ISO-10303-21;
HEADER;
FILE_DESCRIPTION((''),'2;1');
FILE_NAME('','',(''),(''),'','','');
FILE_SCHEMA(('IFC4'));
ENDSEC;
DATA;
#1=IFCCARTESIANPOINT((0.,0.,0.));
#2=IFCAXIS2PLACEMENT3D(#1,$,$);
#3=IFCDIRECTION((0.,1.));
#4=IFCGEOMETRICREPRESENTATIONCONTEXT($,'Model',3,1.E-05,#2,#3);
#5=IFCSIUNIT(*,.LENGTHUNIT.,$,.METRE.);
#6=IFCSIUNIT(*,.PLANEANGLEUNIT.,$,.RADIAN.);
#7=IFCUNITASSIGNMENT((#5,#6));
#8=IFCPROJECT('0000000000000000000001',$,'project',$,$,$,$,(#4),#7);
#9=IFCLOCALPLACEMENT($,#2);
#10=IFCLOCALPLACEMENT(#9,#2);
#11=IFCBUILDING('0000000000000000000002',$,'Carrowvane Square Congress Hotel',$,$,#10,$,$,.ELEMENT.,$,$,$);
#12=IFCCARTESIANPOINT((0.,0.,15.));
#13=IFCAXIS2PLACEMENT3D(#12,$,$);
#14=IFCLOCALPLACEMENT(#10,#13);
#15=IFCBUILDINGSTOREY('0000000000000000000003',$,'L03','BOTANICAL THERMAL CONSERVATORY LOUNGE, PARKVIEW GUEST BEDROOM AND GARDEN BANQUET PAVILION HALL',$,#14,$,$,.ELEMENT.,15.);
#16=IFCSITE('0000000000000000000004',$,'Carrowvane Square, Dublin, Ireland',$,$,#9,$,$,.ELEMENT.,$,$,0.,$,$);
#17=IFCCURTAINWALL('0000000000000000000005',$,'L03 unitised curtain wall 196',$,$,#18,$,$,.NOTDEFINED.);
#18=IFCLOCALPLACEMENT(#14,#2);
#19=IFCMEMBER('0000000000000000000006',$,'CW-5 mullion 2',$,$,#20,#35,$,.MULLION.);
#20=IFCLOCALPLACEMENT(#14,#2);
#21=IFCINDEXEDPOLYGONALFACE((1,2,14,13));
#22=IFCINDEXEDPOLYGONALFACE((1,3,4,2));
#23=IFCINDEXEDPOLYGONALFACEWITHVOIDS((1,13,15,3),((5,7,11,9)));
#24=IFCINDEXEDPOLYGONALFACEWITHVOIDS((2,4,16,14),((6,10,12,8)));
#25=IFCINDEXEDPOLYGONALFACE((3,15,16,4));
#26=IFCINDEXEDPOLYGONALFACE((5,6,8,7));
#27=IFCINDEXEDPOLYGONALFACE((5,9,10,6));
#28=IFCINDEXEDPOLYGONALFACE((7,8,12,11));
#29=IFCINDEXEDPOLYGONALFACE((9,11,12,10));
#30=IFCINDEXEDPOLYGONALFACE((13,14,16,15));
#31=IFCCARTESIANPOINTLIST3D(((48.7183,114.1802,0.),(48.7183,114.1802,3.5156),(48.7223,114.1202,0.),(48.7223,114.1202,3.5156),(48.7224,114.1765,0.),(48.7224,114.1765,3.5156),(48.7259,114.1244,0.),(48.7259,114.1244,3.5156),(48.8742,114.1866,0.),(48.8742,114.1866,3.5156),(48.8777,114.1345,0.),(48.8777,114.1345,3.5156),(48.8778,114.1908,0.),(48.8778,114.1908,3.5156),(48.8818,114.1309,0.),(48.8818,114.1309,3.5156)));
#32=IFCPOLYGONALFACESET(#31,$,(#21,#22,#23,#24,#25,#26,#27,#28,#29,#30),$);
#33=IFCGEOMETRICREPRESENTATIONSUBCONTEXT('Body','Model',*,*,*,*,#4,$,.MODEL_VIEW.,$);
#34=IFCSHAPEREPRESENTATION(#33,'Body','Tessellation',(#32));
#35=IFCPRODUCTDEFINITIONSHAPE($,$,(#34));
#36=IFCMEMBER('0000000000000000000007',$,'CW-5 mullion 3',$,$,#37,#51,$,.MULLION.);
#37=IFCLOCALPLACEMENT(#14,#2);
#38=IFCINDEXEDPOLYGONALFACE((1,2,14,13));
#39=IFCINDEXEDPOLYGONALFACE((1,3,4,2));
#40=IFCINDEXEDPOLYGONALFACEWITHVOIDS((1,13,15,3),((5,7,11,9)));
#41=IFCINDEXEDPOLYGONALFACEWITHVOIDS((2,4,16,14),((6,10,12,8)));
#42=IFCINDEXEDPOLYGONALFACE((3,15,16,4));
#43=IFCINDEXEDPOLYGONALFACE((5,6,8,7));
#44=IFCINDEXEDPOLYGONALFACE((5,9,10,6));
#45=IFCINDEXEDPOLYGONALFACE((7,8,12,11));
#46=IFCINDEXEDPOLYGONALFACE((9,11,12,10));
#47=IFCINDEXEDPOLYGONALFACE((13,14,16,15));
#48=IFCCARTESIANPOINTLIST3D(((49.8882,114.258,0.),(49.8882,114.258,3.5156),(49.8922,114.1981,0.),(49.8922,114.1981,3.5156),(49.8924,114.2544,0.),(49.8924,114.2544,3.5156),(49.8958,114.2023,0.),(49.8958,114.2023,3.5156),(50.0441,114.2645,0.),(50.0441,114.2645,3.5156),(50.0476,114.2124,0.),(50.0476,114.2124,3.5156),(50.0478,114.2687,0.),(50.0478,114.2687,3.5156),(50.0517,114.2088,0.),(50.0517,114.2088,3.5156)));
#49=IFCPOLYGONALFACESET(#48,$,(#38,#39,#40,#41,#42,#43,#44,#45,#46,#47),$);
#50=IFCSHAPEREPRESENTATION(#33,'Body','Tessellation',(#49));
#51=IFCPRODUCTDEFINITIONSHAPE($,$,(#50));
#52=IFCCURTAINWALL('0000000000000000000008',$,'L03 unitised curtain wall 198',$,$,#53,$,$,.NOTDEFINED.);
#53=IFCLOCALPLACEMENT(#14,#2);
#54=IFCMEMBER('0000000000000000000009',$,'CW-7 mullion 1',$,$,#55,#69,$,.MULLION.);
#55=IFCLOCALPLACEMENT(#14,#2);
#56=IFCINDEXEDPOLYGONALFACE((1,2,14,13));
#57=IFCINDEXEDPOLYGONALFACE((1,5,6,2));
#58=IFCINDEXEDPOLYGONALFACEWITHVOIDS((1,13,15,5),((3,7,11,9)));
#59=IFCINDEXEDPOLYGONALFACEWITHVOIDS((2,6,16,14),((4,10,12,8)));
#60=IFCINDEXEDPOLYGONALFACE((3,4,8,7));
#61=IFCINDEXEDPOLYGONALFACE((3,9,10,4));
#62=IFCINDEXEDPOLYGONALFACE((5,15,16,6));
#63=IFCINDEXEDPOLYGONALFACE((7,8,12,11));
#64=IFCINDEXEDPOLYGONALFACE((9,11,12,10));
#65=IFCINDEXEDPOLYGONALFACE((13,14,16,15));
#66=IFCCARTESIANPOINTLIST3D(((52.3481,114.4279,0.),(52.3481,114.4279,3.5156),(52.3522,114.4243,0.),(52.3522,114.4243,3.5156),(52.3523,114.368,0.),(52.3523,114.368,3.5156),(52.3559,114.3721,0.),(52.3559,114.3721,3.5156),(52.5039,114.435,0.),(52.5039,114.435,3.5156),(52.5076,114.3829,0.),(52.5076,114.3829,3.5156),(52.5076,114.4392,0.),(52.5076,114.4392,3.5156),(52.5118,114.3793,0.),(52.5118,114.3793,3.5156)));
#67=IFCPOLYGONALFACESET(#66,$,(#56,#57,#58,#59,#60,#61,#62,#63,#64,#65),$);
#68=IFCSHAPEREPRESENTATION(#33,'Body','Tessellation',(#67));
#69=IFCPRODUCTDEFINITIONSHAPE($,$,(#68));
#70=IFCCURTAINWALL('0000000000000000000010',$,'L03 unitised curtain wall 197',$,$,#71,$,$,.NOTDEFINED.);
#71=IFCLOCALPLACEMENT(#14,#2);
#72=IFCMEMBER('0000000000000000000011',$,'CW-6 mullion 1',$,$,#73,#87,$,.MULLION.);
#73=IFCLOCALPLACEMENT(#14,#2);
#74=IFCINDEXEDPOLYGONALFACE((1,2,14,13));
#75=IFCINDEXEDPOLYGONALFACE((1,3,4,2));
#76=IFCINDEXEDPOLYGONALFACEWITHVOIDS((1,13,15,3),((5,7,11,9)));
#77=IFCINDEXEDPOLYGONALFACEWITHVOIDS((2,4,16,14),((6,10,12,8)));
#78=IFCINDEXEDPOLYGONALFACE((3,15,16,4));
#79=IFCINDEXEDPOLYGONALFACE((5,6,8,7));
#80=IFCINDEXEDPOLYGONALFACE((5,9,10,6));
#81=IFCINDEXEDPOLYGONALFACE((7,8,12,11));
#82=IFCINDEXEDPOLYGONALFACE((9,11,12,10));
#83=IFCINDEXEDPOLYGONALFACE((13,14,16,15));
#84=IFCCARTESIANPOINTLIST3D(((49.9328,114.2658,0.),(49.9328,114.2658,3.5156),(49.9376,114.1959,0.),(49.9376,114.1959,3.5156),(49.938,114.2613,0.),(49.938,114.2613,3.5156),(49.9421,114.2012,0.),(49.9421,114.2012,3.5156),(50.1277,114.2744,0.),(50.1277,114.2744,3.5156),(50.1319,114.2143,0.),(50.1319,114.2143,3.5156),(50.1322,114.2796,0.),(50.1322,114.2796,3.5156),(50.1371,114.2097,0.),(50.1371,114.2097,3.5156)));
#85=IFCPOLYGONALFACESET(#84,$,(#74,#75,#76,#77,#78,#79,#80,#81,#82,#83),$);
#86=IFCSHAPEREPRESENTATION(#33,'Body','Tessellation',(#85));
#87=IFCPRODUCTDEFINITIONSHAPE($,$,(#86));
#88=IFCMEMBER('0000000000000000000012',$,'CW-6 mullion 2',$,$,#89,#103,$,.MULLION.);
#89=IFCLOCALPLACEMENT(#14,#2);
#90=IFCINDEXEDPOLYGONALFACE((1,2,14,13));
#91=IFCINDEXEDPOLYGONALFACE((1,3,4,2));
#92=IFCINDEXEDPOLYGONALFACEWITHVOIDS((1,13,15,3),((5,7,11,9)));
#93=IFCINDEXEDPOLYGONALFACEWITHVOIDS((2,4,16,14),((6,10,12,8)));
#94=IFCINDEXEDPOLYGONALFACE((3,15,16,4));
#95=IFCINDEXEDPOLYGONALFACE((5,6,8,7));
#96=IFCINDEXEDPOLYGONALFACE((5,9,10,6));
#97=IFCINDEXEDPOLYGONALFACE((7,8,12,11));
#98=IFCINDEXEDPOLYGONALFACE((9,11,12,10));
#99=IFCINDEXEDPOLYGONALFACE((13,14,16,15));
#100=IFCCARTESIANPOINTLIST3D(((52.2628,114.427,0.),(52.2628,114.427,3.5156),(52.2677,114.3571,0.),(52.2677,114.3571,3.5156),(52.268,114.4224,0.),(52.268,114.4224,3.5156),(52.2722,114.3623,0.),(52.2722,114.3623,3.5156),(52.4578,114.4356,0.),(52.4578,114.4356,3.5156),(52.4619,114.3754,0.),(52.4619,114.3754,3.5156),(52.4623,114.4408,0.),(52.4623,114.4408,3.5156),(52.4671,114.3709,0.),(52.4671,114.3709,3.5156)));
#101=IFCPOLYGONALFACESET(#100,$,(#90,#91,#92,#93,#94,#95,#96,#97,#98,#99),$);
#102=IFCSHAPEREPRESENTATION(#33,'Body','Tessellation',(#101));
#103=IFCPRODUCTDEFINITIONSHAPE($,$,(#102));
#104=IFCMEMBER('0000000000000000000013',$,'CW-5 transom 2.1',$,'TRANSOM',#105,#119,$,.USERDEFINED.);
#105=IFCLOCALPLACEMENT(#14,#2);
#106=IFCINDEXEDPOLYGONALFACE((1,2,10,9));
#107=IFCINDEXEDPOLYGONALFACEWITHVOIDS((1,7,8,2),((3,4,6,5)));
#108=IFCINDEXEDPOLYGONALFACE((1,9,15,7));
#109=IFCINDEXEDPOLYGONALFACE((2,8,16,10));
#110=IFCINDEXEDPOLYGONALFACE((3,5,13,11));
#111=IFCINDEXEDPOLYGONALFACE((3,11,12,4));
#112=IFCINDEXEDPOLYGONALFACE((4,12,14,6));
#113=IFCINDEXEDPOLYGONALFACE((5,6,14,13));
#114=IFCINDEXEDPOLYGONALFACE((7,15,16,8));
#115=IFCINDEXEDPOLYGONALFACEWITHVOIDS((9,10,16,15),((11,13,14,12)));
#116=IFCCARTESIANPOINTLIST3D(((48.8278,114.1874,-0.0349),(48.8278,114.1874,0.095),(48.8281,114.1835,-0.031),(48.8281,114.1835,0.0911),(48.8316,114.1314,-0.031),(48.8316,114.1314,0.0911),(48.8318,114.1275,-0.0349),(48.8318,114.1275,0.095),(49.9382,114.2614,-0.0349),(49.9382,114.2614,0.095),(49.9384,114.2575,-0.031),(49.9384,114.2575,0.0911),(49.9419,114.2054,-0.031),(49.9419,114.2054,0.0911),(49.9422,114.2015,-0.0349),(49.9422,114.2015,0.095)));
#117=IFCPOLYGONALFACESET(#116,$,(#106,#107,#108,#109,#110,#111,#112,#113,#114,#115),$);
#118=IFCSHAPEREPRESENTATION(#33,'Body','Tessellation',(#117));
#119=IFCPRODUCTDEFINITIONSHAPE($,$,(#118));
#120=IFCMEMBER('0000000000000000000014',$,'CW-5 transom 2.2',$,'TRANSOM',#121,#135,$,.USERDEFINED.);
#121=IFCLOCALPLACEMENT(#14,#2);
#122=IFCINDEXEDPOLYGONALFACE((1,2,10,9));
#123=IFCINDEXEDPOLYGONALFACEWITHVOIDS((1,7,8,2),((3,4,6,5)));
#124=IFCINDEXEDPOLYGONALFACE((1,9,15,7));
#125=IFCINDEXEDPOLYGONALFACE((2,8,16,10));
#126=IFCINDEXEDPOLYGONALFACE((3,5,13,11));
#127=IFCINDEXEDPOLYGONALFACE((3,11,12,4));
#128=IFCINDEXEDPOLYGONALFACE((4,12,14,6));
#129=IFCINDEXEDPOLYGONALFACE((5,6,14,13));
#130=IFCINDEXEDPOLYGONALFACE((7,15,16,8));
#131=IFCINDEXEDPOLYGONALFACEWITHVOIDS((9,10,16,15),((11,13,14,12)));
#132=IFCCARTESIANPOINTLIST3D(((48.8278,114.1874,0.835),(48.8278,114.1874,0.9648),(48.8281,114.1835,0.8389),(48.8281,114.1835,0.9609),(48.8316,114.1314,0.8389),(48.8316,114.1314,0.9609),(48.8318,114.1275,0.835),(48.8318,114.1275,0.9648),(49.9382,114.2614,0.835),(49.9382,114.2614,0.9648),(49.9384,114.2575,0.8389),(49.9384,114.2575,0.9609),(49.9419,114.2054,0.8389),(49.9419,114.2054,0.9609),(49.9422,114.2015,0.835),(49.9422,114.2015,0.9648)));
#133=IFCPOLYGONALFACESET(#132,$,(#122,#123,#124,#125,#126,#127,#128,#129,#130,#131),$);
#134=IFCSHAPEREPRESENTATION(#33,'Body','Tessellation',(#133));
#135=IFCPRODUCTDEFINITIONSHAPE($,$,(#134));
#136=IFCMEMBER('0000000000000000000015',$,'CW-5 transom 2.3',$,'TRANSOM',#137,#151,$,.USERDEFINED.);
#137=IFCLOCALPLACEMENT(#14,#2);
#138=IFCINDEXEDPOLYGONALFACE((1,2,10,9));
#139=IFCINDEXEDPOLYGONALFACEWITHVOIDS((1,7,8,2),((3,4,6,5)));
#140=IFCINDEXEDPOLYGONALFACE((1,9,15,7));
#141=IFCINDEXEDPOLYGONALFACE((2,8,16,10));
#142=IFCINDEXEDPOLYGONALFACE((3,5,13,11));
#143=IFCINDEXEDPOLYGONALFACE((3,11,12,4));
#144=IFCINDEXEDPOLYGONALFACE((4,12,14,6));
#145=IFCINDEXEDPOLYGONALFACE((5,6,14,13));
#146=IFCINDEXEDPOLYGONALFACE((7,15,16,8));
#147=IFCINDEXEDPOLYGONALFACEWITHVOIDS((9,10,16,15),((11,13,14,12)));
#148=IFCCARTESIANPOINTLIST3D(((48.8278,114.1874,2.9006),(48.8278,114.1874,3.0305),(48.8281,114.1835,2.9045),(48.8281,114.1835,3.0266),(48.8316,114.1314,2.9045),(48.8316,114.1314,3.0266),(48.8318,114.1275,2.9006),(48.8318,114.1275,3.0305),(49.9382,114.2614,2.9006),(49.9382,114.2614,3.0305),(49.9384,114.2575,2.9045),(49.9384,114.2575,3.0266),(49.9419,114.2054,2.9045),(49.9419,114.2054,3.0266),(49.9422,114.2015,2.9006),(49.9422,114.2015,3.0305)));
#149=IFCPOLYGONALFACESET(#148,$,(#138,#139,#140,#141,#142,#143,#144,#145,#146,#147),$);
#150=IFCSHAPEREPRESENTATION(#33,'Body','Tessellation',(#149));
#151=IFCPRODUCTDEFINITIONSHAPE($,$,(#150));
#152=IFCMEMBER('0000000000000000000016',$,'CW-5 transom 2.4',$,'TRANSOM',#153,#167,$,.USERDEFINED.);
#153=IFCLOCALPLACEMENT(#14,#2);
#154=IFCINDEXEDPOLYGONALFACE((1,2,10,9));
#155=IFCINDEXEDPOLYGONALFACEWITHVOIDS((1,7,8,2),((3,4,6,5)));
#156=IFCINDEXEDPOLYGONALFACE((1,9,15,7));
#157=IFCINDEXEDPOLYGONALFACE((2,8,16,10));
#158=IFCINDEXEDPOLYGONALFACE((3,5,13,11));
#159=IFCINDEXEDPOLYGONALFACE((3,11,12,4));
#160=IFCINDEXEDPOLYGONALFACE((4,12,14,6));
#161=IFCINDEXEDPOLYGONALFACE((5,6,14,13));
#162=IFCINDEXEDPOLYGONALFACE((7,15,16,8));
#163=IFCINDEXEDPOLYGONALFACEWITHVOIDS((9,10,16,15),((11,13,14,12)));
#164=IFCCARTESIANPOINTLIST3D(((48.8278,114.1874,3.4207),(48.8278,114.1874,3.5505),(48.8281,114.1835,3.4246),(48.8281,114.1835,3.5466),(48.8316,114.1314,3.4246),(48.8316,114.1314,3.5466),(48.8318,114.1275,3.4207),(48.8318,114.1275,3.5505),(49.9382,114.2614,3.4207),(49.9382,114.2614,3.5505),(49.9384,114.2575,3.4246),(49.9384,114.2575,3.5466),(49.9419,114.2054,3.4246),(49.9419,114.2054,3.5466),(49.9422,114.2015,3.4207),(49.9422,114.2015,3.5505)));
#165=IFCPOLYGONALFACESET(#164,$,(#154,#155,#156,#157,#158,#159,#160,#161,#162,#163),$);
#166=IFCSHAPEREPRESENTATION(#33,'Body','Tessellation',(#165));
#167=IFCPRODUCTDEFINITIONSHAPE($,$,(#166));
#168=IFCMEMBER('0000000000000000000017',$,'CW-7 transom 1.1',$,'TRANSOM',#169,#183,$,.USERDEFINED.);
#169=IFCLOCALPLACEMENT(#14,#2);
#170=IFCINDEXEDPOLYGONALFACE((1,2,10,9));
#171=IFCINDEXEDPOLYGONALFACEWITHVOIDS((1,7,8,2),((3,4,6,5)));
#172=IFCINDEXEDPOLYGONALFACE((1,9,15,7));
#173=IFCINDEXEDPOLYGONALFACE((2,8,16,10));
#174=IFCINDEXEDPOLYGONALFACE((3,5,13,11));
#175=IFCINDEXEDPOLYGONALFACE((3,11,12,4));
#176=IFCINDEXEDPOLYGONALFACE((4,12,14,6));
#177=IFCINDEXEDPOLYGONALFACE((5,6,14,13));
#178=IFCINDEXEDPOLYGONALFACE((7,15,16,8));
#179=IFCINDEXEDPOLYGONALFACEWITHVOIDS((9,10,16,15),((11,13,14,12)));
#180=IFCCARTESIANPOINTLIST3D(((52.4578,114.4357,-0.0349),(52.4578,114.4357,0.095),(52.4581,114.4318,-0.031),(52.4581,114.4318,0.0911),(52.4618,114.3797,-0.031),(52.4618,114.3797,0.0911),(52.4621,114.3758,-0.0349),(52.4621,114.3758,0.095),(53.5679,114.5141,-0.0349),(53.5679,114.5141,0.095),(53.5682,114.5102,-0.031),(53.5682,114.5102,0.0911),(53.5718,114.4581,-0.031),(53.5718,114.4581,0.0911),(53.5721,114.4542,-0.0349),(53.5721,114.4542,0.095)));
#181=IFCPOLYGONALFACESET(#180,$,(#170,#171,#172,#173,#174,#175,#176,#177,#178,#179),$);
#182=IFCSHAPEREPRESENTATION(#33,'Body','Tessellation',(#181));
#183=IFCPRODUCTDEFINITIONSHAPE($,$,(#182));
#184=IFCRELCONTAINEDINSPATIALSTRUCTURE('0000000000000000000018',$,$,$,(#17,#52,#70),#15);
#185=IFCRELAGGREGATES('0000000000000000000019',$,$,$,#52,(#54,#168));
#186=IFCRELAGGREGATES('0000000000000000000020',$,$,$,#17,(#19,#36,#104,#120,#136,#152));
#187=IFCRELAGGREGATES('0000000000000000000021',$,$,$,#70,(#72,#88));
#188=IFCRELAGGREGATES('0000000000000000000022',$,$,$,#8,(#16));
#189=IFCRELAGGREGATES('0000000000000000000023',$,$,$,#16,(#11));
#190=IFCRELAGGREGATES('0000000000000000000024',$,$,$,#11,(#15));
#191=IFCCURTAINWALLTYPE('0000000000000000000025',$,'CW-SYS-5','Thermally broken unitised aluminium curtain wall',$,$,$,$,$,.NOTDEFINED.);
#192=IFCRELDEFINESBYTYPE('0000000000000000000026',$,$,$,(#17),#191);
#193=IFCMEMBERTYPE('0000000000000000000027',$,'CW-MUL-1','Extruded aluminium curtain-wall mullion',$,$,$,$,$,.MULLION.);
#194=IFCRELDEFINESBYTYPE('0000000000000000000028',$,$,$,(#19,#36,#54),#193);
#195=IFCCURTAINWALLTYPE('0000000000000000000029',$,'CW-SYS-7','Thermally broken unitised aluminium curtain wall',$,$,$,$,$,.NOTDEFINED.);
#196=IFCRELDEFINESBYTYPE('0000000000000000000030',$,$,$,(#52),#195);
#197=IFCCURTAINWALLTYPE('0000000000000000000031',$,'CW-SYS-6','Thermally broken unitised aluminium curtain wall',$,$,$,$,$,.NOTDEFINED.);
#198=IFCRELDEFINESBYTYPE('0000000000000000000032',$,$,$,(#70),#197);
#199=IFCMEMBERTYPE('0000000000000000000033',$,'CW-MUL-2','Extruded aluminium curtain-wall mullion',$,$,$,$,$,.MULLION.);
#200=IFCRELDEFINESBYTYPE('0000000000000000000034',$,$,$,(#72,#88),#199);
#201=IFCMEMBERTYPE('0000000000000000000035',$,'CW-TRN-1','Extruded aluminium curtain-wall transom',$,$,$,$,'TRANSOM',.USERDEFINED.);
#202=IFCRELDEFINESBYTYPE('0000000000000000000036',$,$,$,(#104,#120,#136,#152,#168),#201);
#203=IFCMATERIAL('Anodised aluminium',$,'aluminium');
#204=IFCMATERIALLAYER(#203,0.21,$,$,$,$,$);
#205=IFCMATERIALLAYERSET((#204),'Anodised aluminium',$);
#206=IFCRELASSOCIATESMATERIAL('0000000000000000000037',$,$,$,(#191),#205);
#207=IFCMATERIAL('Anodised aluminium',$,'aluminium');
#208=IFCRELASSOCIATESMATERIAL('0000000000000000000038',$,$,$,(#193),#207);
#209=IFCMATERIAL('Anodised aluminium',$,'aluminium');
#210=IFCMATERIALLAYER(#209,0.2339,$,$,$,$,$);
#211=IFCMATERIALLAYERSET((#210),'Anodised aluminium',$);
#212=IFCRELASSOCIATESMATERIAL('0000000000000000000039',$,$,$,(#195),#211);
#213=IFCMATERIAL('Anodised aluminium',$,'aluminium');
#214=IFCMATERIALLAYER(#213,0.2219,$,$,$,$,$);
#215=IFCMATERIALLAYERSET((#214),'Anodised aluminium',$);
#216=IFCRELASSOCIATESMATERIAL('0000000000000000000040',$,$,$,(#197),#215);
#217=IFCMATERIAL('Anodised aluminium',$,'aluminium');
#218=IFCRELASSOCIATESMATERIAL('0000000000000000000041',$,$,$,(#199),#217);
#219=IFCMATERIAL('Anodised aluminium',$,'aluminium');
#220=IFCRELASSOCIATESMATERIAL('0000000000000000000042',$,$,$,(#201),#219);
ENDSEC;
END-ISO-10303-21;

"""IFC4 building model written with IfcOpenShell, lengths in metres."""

from ifc_helpers import new_model, si_unit, direction, frame, origin, origin_2d, place, context, subcontext, project, spatial, hollow_rectangle, extrude, material, layer, layer_set, material_profile, profile_set, type_object, element, aggregate, save


model = new_model("IFC4")

# Units and contexts
model_context = context("Model", 3, precision=1e-05, world=origin(), true_north=direction((0.0, 1.0)))
body_context = subcontext(model_context, "Body", "Model", "MODEL_VIEW")
ifc_project = project(units=[si_unit("LENGTHUNIT", "METRE"), si_unit("PLANEANGLEUNIT", "RADIAN")], contexts=[model_context])

# Site, building, storey
site_placement = place(None, origin())
site = spatial("IfcSite", under=ifc_project, at=site_placement, Name="Carrowvane Square, Dublin, Ireland", CompositionType="ELEMENT", RefElevation=0.0)
building_placement = place(site_placement, origin())
building = spatial("IfcBuilding", under=site, at=building_placement, Name="Carrowvane Square Congress Hotel", CompositionType="ELEMENT")
storey_placement = place(building_placement, frame((0.0, 0.0, 15.0)))
storey = spatial("IfcBuildingStorey", under=building, at=storey_placement, Name="L03", Description="BOTANICAL THERMAL CONSERVATORY LOUNGE, PARKVIEW GUEST BEDROOM AND GARDEN BANQUET PAVILION HALL", CompositionType="ELEMENT", Elevation=15.0)

# Curtain wall, members
ifc_material_1 = material(Name="Anodised aluminium", Category="aluminium")
ifc_layer_1 = layer(ifc_material_1, 0.21)
ifc_layer_set_1 = layer_set([ifc_layer_1], Name="Anodised aluminium")
curtain_wall_type_1 = type_object("IfcCurtainWallType", Name="CW-SYS-5", Description="Thermally broken unitised aluminium curtain wall", PredefinedType="NOTDEFINED", material=ifc_layer_set_1)
curtain_wall_1_placement = place(storey_placement, origin())
curtain_wall_1 = element("IfcCurtainWall", 1, at=curtain_wall_1_placement, inside=storey, type_object=curtain_wall_type_1, Name="L03 unitised curtain wall 196", PredefinedType="NOTDEFINED")
ifc_material_2 = material(Name="Anodised aluminium", Category="aluminium")
ifc_material_profile_1 = material_profile(ifc_material_2, hollow_rectangle(XDim=0.0601, YDim=0.1599, WallThickness=0.0039, at=origin_2d()), Name="CW-ML 60x160x4")
ifc_profile_set_1 = profile_set([ifc_material_profile_1], Name="Anodised aluminium")
member_type_1 = type_object("IfcMemberType", Name="CW-MUL-1", Description="Extruded aluminium curtain-wall mullion", PredefinedType="MULLION", material=ifc_profile_set_1)
member_1_placement = place(storey_placement, frame((48.8, 114.1555, 0.0), z_axis=(0.0, 0.0, 1.0), x_axis=(-0.066578, 0.997781, 0.0)))
member_1 = element("IfcMember", 2, at=member_1_placement, type_object=member_type_1, Name="CW-5 mullion 2", PredefinedType="MULLION", context=body_context, shape_type="SweptSolid", body=[
    extrude(hollow_rectangle(XDim=0.0601, YDim=0.1599, WallThickness=0.0039, at=origin_2d()), origin(), (0.0, 0.0, 1.0), 3.5156),
])
member_2_placement = place(storey_placement, frame((49.97, 114.2334, 0.0), z_axis=(0.0, 0.0, 1.0), x_axis=(-0.066578, 0.997781, 0.0)))
member_2 = element("IfcMember", 3, at=member_2_placement, type_object=member_type_1, Name="CW-5 mullion 3", PredefinedType="MULLION", context=body_context, shape_type="SweptSolid", body=[
    extrude(hollow_rectangle(XDim=0.0601, YDim=0.1599, WallThickness=0.0039, at=origin_2d()), origin(), (0.0, 0.0, 1.0), 3.5156),
])

# Curtain wall, member
ifc_material_3 = material(Name="Anodised aluminium", Category="aluminium")
ifc_layer_2 = layer(ifc_material_3, 0.2339)
ifc_layer_set_2 = layer_set([ifc_layer_2], Name="Anodised aluminium")
curtain_wall_type_2 = type_object("IfcCurtainWallType", Name="CW-SYS-7", Description="Thermally broken unitised aluminium curtain wall", PredefinedType="NOTDEFINED", material=ifc_layer_set_2)
curtain_wall_2_placement = place(storey_placement, origin())
curtain_wall_2 = element("IfcCurtainWall", 4, at=curtain_wall_2_placement, inside=storey, type_object=curtain_wall_type_2, Name="L03 unitised curtain wall 198", PredefinedType="NOTDEFINED")
member_3_placement = place(storey_placement, frame((52.4299, 114.4036, 0.0), z_axis=(0.0, 0.0, 1.0), x_axis=(-0.070586, 0.997506, 0.0)))
member_3 = element("IfcMember", 5, at=member_3_placement, type_object=member_type_1, Name="CW-7 mullion 1", PredefinedType="MULLION", context=body_context, shape_type="SweptSolid", body=[
    extrude(hollow_rectangle(XDim=0.0601, YDim=0.1599, WallThickness=0.0039, at=origin_2d()), origin(), (0.0, 0.0, 1.0), 3.5156),
])

# Curtain wall, members
ifc_material_4 = material(Name="Anodised aluminium", Category="aluminium")
ifc_layer_3 = layer(ifc_material_4, 0.2219)
ifc_layer_set_3 = layer_set([ifc_layer_3], Name="Anodised aluminium")
curtain_wall_type_3 = type_object("IfcCurtainWallType", Name="CW-SYS-6", Description="Thermally broken unitised aluminium curtain wall", PredefinedType="NOTDEFINED", material=ifc_layer_set_3)
curtain_wall_3_placement = place(storey_placement, origin())
curtain_wall_3 = element("IfcCurtainWall", 6, at=curtain_wall_3_placement, inside=storey, type_object=curtain_wall_type_3, Name="L03 unitised curtain wall 197", PredefinedType="NOTDEFINED")
ifc_material_5 = material(Name="Anodised aluminium", Category="aluminium")
ifc_material_profile_2 = material_profile(ifc_material_5, hollow_rectangle(XDim=0.0701, YDim=0.2, WallThickness=0.0049, at=origin_2d()), Name="CW-ML 70x200x5")
ifc_profile_set_2 = profile_set([ifc_material_profile_2], Name="Anodised aluminium")
member_type_2 = type_object("IfcMemberType", Name="CW-MUL-2", Description="Extruded aluminium curtain-wall mullion", PredefinedType="MULLION", material=ifc_profile_set_2)
member_4_placement = place(storey_placement, frame((50.0349, 114.2378, 0.0), z_axis=(0.0, 0.0, 1.0), x_axis=(-0.068986, 0.997618, 0.0)))
member_4 = element("IfcMember", 7, at=member_4_placement, type_object=member_type_2, Name="CW-6 mullion 1", PredefinedType="MULLION", context=body_context, shape_type="SweptSolid", body=[
    extrude(hollow_rectangle(XDim=0.0701, YDim=0.2, WallThickness=0.0049, at=origin_2d()), origin(), (0.0, 0.0, 1.0), 3.5156),
])
member_5_placement = place(storey_placement, frame((52.365, 114.3989, 0.0), z_axis=(0.0, 0.0, 1.0), x_axis=(-0.068986, 0.997618, 0.0)))
member_5 = element("IfcMember", 8, at=member_5_placement, type_object=member_type_2, Name="CW-6 mullion 2", PredefinedType="MULLION", context=body_context, shape_type="SweptSolid", body=[
    extrude(hollow_rectangle(XDim=0.0701, YDim=0.2, WallThickness=0.0049, at=origin_2d()), origin(), (0.0, 0.0, 1.0), 3.5156),
])

# Members
ifc_material_6 = material(Name="Anodised aluminium", Category="aluminium")
ifc_material_profile_3 = material_profile(ifc_material_6, hollow_rectangle(XDim=0.0601, YDim=0.1299, WallThickness=0.0039, at=origin_2d()), Name="CW-TR 60x130x4")
ifc_profile_set_3 = profile_set([ifc_material_profile_3], Name="Anodised aluminium")
member_type_3 = type_object("IfcMemberType", Name="CW-TRN-1", Description="Extruded aluminium curtain-wall transom", ElementType="TRANSOM", PredefinedType="USERDEFINED", material=ifc_profile_set_3)
member_6_placement = place(storey_placement, frame((48.8298, 114.1575, 0.03), z_axis=(0.997788, 0.066475, 0.0), x_axis=(-0.066475, 0.997788, 0.0)))
member_6 = element("IfcMember", 9, at=member_6_placement, type_object=member_type_3, Name="CW-5 transom 2.1", ObjectType="TRANSOM", PredefinedType="USERDEFINED", context=body_context, shape_type="SweptSolid", body=[
    extrude(hollow_rectangle(XDim=0.0601, YDim=0.1299, WallThickness=0.0039, at=origin_2d()), origin(), (0.0, 0.0, 1.0), 1.1128),
])
member_7_placement = place(storey_placement, frame((48.8298, 114.1575, 0.8999), z_axis=(0.997788, 0.066475, 0.0), x_axis=(-0.066475, 0.997788, 0.0)))
member_7 = element("IfcMember", 10, at=member_7_placement, type_object=member_type_3, Name="CW-5 transom 2.2", ObjectType="TRANSOM", PredefinedType="USERDEFINED", context=body_context, shape_type="SweptSolid", body=[
    extrude(hollow_rectangle(XDim=0.0601, YDim=0.1299, WallThickness=0.0039, at=origin_2d()), origin(), (0.0, 0.0, 1.0), 1.1128),
])
member_8_placement = place(storey_placement, frame((48.8298, 114.1575, 2.9656), z_axis=(0.997788, 0.066475, 0.0), x_axis=(-0.066475, 0.997788, 0.0)))
member_8 = element("IfcMember", 11, at=member_8_placement, type_object=member_type_3, Name="CW-5 transom 2.3", ObjectType="TRANSOM", PredefinedType="USERDEFINED", context=body_context, shape_type="SweptSolid", body=[
    extrude(hollow_rectangle(XDim=0.0601, YDim=0.1299, WallThickness=0.0039, at=origin_2d()), origin(), (0.0, 0.0, 1.0), 1.1128),
])
member_9_placement = place(storey_placement, frame((48.8298, 114.1575, 3.4856), z_axis=(0.997788, 0.066475, 0.0), x_axis=(-0.066475, 0.997788, 0.0)))
member_9 = element("IfcMember", 12, at=member_9_placement, type_object=member_type_3, Name="CW-5 transom 2.4", ObjectType="TRANSOM", PredefinedType="USERDEFINED", context=body_context, shape_type="SweptSolid", body=[
    extrude(hollow_rectangle(XDim=0.0601, YDim=0.1299, WallThickness=0.0039, at=origin_2d()), origin(), (0.0, 0.0, 1.0), 1.1128),
])
member_10_placement = place(storey_placement, frame((52.46, 114.4058, 0.03), z_axis=(0.997517, 0.070421, 0.0), x_axis=(-0.070421, 0.997517, 0.0)))
member_10 = element("IfcMember", 13, at=member_10_placement, type_object=member_type_3, Name="CW-7 transom 1.1", ObjectType="TRANSOM", PredefinedType="USERDEFINED", context=body_context, shape_type="SweptSolid", body=[
    extrude(hollow_rectangle(XDim=0.0601, YDim=0.1299, WallThickness=0.0039, at=origin_2d()), origin(), (0.0, 0.0, 1.0), 1.1128),
])
aggregate(curtain_wall_2, [member_3, member_10])

aggregate(curtain_wall_1, [member_1, member_2, member_6, member_7, member_8, member_9])
aggregate(curtain_wall_3, [member_4, member_5])

save(model, "model.ifc")
